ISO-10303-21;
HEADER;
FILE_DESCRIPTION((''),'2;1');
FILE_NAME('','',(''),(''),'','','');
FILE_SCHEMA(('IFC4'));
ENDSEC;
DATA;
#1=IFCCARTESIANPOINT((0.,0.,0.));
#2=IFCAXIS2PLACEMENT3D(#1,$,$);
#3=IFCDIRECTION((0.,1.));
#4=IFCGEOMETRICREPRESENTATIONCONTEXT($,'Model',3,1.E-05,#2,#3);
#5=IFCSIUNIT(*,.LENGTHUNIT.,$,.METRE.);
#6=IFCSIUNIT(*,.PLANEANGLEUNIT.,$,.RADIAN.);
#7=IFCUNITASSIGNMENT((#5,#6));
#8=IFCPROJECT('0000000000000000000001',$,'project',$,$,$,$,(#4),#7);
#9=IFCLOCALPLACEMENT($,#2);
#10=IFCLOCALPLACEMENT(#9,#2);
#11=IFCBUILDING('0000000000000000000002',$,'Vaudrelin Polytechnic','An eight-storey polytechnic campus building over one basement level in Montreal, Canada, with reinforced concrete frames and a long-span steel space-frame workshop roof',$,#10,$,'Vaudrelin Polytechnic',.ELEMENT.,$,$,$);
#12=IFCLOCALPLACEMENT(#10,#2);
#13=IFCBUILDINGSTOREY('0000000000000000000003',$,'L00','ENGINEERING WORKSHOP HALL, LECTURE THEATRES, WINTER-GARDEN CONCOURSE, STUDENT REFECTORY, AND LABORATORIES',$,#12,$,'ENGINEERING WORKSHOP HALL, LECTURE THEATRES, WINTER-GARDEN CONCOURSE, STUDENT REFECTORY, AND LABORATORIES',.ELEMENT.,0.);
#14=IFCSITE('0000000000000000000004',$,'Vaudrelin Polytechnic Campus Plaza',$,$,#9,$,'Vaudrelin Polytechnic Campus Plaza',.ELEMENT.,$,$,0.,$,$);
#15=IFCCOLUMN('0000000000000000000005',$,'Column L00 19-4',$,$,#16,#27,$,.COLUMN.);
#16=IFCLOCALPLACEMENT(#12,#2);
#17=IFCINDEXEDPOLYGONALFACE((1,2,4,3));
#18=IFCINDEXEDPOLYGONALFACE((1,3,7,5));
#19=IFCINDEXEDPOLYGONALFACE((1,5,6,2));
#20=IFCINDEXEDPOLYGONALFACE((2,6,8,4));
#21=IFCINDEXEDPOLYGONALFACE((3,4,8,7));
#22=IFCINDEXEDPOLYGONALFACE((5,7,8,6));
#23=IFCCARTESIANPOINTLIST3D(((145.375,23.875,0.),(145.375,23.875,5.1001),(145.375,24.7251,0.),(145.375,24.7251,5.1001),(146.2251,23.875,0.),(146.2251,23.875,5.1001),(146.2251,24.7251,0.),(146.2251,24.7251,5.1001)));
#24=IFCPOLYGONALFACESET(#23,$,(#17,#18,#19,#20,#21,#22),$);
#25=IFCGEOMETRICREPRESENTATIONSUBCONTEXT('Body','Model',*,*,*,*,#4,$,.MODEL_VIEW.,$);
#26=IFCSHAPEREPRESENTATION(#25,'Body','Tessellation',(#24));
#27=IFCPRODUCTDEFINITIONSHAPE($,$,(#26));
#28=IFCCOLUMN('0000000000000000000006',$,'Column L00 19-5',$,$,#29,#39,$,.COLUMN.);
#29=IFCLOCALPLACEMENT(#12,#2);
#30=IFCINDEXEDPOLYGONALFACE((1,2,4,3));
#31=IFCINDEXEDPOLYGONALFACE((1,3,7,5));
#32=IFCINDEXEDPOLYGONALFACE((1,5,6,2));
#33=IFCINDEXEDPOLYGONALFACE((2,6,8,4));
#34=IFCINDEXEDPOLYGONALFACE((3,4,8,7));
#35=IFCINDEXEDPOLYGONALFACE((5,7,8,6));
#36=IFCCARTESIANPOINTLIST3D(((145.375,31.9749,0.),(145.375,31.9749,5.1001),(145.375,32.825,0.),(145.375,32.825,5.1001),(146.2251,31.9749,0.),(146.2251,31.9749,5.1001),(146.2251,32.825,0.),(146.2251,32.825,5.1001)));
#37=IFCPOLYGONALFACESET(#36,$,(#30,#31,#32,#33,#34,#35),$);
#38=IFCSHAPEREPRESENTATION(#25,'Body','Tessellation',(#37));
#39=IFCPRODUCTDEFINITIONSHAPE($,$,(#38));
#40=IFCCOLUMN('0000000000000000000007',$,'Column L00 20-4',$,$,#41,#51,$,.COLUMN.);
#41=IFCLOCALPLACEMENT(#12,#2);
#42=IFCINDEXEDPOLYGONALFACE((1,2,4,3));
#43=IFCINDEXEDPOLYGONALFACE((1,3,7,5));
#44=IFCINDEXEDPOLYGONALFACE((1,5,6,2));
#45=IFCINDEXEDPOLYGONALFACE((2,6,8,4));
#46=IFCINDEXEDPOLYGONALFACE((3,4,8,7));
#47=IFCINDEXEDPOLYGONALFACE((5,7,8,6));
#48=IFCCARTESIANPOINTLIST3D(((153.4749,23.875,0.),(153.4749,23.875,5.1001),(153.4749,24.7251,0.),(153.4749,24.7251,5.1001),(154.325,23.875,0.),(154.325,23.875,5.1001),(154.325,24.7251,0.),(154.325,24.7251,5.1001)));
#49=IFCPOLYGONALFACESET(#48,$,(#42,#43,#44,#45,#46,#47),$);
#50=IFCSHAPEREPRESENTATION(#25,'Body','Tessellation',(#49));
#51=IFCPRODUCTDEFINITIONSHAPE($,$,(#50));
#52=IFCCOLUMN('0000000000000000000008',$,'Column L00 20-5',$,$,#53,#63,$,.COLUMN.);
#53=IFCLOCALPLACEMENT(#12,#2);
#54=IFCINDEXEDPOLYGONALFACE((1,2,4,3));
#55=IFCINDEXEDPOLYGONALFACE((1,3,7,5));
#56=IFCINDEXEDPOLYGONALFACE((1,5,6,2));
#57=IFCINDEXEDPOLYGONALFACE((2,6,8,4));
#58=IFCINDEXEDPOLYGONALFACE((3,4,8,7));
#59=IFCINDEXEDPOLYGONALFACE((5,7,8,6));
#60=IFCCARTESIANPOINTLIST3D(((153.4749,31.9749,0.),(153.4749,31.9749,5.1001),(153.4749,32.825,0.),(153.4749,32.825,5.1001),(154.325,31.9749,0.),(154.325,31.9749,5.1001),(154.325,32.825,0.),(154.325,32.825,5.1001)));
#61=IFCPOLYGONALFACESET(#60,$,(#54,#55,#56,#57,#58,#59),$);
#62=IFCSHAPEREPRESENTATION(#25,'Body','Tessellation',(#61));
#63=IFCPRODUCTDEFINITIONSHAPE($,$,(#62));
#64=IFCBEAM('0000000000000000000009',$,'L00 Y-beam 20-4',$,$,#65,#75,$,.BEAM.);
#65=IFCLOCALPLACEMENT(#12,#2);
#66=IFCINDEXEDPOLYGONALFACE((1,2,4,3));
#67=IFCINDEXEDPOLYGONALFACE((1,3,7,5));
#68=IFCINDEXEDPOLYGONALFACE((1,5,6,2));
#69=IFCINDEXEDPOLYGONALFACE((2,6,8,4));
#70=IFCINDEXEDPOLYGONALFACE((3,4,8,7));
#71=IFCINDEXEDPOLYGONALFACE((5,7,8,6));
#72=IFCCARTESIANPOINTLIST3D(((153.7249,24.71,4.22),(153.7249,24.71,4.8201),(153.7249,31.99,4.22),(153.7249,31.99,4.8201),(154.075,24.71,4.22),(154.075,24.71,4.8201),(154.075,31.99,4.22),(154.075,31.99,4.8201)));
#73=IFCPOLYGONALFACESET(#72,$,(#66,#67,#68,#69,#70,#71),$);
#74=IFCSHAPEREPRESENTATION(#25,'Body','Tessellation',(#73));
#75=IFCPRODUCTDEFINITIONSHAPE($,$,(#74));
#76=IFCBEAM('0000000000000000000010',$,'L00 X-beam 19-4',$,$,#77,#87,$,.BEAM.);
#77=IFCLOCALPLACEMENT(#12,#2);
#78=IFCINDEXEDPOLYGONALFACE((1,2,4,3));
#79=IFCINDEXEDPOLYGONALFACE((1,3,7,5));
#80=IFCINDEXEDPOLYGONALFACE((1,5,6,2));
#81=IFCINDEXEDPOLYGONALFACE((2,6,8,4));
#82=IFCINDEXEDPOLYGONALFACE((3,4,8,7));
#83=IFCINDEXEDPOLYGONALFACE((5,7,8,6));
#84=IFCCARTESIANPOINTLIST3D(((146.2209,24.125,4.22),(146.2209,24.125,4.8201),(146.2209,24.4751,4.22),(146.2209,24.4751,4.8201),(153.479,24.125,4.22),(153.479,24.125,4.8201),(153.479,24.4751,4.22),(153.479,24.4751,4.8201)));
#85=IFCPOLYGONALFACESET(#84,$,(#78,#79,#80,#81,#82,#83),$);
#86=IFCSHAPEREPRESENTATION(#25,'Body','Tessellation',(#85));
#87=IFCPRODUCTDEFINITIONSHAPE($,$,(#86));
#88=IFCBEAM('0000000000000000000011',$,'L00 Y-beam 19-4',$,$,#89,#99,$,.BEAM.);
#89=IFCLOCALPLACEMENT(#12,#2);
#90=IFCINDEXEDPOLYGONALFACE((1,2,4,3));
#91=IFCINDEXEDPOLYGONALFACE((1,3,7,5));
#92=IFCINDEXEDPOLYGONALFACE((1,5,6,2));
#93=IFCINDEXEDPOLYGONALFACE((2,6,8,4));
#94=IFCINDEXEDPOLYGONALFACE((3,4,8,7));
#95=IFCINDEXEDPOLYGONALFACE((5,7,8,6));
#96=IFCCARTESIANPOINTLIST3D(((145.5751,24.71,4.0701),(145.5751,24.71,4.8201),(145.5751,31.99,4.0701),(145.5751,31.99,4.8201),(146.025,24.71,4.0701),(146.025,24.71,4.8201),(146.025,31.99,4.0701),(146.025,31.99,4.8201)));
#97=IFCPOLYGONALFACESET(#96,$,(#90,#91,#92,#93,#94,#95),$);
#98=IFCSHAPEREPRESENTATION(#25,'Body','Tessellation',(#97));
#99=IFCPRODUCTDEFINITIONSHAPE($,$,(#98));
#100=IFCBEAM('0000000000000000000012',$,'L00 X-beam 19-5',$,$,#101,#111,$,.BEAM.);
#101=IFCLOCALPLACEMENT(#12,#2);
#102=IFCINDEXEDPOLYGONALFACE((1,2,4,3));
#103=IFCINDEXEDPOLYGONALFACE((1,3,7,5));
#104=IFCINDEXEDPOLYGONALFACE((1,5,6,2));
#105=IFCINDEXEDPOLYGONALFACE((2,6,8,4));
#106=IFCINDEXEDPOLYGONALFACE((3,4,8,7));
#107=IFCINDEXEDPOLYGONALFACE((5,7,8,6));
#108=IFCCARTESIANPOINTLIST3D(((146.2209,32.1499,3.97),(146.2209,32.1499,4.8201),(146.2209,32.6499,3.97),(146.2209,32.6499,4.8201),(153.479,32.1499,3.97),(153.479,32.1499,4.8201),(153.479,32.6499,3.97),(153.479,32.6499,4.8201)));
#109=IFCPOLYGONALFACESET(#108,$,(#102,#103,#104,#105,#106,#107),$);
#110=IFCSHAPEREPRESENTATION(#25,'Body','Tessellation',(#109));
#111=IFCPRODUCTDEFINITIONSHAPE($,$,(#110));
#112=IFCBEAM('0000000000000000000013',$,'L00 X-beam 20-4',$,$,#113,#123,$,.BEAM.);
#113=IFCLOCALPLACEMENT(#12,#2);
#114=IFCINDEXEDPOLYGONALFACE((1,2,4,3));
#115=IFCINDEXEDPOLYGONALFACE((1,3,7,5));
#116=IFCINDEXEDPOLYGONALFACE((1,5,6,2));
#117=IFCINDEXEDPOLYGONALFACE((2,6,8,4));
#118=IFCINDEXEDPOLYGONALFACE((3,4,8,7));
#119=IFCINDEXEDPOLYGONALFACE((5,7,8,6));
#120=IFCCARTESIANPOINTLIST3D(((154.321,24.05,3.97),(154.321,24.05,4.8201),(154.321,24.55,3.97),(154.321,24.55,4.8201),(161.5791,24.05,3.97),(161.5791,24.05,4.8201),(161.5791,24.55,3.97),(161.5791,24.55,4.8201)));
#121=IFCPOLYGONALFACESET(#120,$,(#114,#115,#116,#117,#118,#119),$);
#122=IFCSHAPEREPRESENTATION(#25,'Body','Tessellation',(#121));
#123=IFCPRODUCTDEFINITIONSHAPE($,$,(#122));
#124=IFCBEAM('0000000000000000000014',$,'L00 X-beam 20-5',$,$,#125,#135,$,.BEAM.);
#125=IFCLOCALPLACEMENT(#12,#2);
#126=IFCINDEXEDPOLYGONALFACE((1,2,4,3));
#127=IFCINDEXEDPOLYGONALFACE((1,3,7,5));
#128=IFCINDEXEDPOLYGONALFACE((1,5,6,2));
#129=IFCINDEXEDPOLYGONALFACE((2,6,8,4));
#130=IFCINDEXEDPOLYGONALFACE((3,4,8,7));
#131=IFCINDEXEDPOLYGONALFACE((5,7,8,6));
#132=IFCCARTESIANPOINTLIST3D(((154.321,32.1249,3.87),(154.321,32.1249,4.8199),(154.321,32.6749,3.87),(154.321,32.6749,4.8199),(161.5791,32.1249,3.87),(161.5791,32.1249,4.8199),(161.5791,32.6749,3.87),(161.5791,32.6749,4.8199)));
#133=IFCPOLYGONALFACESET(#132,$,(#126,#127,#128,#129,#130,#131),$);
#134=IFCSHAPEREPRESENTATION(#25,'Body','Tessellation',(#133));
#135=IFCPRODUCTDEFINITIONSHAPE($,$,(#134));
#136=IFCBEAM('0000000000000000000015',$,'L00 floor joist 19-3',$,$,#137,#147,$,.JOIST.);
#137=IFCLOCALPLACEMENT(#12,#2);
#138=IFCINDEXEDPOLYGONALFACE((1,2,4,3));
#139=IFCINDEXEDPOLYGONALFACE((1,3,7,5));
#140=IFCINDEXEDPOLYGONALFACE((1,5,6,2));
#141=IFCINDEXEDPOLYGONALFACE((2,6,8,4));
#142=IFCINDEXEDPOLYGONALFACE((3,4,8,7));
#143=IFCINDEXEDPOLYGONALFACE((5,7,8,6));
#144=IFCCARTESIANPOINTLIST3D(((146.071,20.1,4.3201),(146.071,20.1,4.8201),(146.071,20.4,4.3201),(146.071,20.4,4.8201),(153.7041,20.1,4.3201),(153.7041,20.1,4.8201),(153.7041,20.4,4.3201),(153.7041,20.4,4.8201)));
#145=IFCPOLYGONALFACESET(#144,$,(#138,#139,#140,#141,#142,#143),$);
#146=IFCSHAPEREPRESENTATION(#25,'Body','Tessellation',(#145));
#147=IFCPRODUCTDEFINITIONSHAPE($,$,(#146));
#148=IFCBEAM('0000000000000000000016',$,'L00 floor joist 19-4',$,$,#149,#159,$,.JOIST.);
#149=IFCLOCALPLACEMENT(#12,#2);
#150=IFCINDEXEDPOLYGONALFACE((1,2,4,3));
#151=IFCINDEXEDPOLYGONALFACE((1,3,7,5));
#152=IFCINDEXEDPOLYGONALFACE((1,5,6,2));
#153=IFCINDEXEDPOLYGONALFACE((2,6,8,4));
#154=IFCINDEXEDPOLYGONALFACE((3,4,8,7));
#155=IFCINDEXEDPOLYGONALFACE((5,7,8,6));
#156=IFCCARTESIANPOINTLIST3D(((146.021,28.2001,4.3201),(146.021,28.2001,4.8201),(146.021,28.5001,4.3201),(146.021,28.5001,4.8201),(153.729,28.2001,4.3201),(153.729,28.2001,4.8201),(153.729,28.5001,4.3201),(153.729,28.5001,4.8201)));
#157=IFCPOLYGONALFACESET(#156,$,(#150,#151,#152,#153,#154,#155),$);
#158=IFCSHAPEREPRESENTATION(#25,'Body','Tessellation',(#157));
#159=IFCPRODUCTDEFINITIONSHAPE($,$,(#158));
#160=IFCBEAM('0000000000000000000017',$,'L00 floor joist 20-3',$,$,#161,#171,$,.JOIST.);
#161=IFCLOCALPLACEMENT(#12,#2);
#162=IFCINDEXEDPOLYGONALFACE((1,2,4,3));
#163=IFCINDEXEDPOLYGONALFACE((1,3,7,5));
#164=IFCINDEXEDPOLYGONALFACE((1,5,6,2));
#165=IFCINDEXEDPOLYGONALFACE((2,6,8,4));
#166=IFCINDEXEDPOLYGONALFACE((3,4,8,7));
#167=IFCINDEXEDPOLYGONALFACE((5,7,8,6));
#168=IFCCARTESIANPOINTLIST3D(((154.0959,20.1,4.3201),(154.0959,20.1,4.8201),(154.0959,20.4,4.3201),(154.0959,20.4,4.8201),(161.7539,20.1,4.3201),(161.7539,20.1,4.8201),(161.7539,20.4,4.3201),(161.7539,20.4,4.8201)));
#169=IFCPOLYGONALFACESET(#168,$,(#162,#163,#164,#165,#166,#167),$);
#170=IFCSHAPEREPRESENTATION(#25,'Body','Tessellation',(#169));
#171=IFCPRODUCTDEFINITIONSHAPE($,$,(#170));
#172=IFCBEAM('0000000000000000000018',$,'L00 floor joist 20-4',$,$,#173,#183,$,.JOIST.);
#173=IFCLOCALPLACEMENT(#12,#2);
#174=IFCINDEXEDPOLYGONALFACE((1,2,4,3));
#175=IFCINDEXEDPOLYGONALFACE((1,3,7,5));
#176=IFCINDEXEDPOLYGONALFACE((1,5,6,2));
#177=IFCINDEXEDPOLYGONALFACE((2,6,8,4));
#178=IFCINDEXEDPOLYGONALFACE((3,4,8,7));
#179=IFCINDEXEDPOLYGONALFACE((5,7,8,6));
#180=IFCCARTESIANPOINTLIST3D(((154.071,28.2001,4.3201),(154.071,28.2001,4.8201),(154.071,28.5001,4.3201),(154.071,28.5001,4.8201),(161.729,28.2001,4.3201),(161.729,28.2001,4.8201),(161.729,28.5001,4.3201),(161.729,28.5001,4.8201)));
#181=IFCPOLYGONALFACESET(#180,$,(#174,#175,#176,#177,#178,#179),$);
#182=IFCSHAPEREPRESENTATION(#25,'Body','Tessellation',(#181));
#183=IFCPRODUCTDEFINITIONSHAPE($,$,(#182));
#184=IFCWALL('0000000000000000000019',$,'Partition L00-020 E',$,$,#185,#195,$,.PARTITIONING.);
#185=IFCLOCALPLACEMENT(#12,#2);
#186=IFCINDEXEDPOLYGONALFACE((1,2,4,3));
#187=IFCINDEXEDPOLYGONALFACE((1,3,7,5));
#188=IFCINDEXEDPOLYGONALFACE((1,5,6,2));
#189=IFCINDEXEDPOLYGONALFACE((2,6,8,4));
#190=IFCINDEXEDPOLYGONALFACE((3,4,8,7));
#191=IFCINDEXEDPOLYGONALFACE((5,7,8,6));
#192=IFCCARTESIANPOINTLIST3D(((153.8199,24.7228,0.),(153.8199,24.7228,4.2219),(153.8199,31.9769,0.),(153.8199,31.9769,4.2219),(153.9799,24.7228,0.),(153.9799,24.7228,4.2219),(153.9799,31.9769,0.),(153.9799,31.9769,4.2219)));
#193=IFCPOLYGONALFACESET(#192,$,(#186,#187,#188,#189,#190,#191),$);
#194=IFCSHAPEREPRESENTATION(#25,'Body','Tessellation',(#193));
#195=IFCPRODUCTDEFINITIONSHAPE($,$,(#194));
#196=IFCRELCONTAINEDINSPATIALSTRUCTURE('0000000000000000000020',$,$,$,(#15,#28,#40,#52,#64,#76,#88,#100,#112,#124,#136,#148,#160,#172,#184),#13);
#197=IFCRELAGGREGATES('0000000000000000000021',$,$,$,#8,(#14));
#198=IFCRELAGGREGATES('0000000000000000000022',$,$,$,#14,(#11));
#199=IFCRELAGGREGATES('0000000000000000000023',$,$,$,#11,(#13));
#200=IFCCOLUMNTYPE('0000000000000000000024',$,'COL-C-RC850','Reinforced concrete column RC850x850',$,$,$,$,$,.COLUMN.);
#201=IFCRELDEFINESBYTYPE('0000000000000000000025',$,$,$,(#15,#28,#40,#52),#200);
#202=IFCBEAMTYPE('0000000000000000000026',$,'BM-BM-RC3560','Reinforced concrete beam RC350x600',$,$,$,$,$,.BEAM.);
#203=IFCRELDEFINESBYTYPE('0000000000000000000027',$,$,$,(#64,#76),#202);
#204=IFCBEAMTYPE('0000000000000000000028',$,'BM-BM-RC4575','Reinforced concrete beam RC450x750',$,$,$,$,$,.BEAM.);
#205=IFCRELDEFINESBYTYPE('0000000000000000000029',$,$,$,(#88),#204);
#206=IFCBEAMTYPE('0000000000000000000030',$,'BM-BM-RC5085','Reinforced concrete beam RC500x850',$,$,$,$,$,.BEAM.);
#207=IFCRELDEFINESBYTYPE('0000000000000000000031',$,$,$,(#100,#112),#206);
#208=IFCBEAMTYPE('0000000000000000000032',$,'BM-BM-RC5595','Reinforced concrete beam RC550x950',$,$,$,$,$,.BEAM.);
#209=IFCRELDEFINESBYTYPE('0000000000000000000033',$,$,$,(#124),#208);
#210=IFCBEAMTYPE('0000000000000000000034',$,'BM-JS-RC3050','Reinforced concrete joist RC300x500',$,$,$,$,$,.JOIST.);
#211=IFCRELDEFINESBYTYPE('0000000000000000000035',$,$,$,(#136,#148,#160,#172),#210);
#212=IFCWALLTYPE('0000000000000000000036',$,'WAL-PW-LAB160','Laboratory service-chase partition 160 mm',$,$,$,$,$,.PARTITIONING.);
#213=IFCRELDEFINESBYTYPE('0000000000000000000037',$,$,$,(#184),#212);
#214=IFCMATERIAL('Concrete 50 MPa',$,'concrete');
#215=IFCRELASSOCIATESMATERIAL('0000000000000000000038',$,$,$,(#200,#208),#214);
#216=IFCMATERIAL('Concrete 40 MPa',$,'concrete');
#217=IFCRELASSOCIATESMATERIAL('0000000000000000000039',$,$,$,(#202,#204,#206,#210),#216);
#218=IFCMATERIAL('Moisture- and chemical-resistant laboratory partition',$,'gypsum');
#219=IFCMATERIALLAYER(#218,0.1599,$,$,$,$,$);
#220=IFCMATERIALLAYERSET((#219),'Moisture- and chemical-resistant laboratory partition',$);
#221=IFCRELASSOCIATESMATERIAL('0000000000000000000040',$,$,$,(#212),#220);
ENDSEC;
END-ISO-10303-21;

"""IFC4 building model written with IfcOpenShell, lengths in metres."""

from ifc_helpers import new_model, si_unit, direction, frame, frame_2d, origin, origin_2d, place, context, subcontext, project, spatial, rectangle, extrude, material, layer, layer_set, material_profile, profile_set, type_object, element, save


model = new_model("IFC4")

# Units and contexts
model_context = context("Model", 3, precision=1e-05, world=origin(), true_north=direction((0.0, 1.0)))
body_context = subcontext(model_context, "Body", "Model", "MODEL_VIEW")
ifc_project = project(units=[si_unit("LENGTHUNIT", "METRE"), si_unit("PLANEANGLEUNIT", "RADIAN")], contexts=[model_context])

# Site, building, storey
site_placement = place(None, origin())
site = spatial("IfcSite", under=ifc_project, at=site_placement, Name="Vaudrelin Polytechnic Campus Plaza", LongName="Vaudrelin Polytechnic Campus Plaza", CompositionType="ELEMENT", RefElevation=0.0)
building_placement = place(site_placement, origin())
building = spatial("IfcBuilding", under=site, at=building_placement, Name="Vaudrelin Polytechnic", Description="An eight-storey polytechnic campus building over one basement level in Montreal, Canada, with reinforced concrete frames and a long-span steel space-frame workshop roof", LongName="Vaudrelin Polytechnic", CompositionType="ELEMENT")
storey_placement = place(building_placement, origin())
storey = spatial("IfcBuildingStorey", under=building, at=storey_placement, Name="L00", Description="ENGINEERING WORKSHOP HALL, LECTURE THEATRES, WINTER-GARDEN CONCOURSE, STUDENT REFECTORY, AND LABORATORIES", LongName="ENGINEERING WORKSHOP HALL, LECTURE THEATRES, WINTER-GARDEN CONCOURSE, STUDENT REFECTORY, AND LABORATORIES", CompositionType="ELEMENT", Elevation=0.0)

# Columns
ifc_material_1 = material(Name="Concrete 50 MPa", Category="concrete")
ifc_material_profile_1 = material_profile(ifc_material_1, rectangle(XDim=0.8501, YDim=0.8501, at=origin_2d()), Name="RC850x850")
ifc_profile_set_1 = profile_set([ifc_material_profile_1], Name="Concrete 50 MPa")
column_type = type_object("IfcColumnType", Name="COL-C-RC850", Description="Reinforced concrete column RC850x850", PredefinedType="COLUMN", material=ifc_profile_set_1)
for number, where, z_axis, x_axis, name in (
    (1, (145.8, 24.3, 0.0), (0.0, 0.0, 1.0), (1.0, 0.0, 0.0), "Column L00 19-4"),
    (2, (145.8, 32.3999, 0.0), (0.0, 0.0, 1.0), (1.0, 0.0, 0.0), "Column L00 19-5"),
    (3, (153.8999, 24.3, 0.0), (0.0, 0.0, 1.0), (1.0, 0.0, 0.0), "Column L00 20-4"),
    (4, (153.8999, 32.3999, 0.0), (0.0, 0.0, 1.0), (1.0, 0.0, 0.0), "Column L00 20-5"),
):
    element("IfcColumn", number, at=place(storey_placement, frame(where, z_axis=z_axis, x_axis=x_axis)), inside=storey, type_object=column_type, Name=name, PredefinedType="COLUMN", context=body_context, shape_type="SweptSolid", body=[
        extrude(rectangle(XDim=0.8501, YDim=0.8501, at=origin_2d()), origin(), (0.0, 0.0, 1.0), 5.1001),
    ])

# Beams
ifc_material_2 = material(Name="Concrete 40 MPa", Category="concrete")
ifc_material_profile_2 = material_profile(ifc_material_2, rectangle(XDim=0.3501, YDim=0.6001, at=origin_2d()), Name="RC350x600")
ifc_profile_set_2 = profile_set([ifc_material_profile_2], Name="Concrete 40 MPa")
beam_type_1 = type_object("IfcBeamType", Name="BM-BM-RC3560", Description="Reinforced concrete beam RC350x600", PredefinedType="BEAM", material=ifc_profile_set_2)
beam_1_placement = place(storey_placement, frame((153.8999, 24.71, 4.52), z_axis=(0.0, 1.0, 0.0), x_axis=(-1.0, 0.0, 0.0)))
element("IfcBeam", 5, at=beam_1_placement, inside=storey, type_object=beam_type_1, Name="L00 Y-beam 20-4", PredefinedType="BEAM", context=body_context, shape_type="SweptSolid", body=[
    extrude(rectangle(XDim=0.3501, YDim=0.6001, at=origin_2d()), origin(), (0.0, 0.0, 1.0), 7.28),
])
beam_2_placement = place(storey_placement, frame((146.2209, 24.3, 4.52), z_axis=(1.0, 0.0, 0.0), x_axis=(0.0, 1.0, 0.0)))
element("IfcBeam", 6, at=beam_2_placement, inside=storey, type_object=beam_type_1, Name="L00 X-beam 19-4", PredefinedType="BEAM", context=body_context, shape_type="SweptSolid", body=[
    extrude(rectangle(XDim=0.3501, YDim=0.6001, at=origin_2d()), origin(), (0.0, 0.0, 1.0), 7.2581),
])
ifc_material_profile_3 = material_profile(ifc_material_2, rectangle(XDim=0.45, YDim=0.75, at=origin_2d()), Name="RC450x750")
ifc_profile_set_3 = profile_set([ifc_material_profile_3], Name="Concrete 40 MPa")
beam_type_2 = type_object("IfcBeamType", Name="BM-BM-RC4575", Description="Reinforced concrete beam RC450x750", PredefinedType="BEAM", material=ifc_profile_set_3)
beam_3_placement = place(storey_placement, frame((145.8, 24.71, 4.4451), z_axis=(0.0, 1.0, 0.0), x_axis=(-1.0, 0.0, 0.0)))
element("IfcBeam", 7, at=beam_3_placement, inside=storey, type_object=beam_type_2, Name="L00 Y-beam 19-4", PredefinedType="BEAM", context=body_context, shape_type="SweptSolid", body=[
    extrude(rectangle(XDim=0.45, YDim=0.75, at=origin_2d()), origin(), (0.0, 0.0, 1.0), 7.28),
])
ifc_material_profile_4 = material_profile(ifc_material_2, rectangle(XDim=0.5, YDim=0.8501, at=origin_2d()), Name="RC500x850")
ifc_profile_set_4 = profile_set([ifc_material_profile_4], Name="Concrete 40 MPa")
beam_type_3 = type_object("IfcBeamType", Name="BM-BM-RC5085", Description="Reinforced concrete beam RC500x850", PredefinedType="BEAM", material=ifc_profile_set_4)
for number, where, z_axis, x_axis, name in (
    (8, (146.2209, 32.3999, 4.395), (1.0, 0.0, 0.0), (0.0, 1.0, 0.0), "L00 X-beam 19-5"),
    (9, (154.321, 24.3, 4.395), (1.0, 0.0, 0.0), (0.0, 1.0, 0.0), "L00 X-beam 20-4"),
):
    element("IfcBeam", number, at=place(storey_placement, frame(where, z_axis=z_axis, x_axis=x_axis)), inside=storey, type_object=beam_type_3, Name=name, PredefinedType="BEAM", context=body_context, shape_type="SweptSolid", body=[
        extrude(rectangle(XDim=0.5, YDim=0.8501, at=origin_2d()), origin(), (0.0, 0.0, 1.0), 7.2581),
    ])
ifc_material_profile_5 = material_profile(ifc_material_1, rectangle(XDim=0.55, YDim=0.95, at=origin_2d()), Name="RC550x950")
ifc_profile_set_5 = profile_set([ifc_material_profile_5], Name="Concrete 50 MPa")
beam_type_4 = type_object("IfcBeamType", Name="BM-BM-RC5595", Description="Reinforced concrete beam RC550x950", PredefinedType="BEAM", material=ifc_profile_set_5)
beam_4_placement = place(storey_placement, frame((154.321, 32.3999, 4.345), z_axis=(1.0, 0.0, 0.0), x_axis=(0.0, 1.0, 0.0)))
element("IfcBeam", 10, at=beam_4_placement, inside=storey, type_object=beam_type_4, Name="L00 X-beam 20-5", PredefinedType="BEAM", context=body_context, shape_type="SweptSolid", body=[
    extrude(rectangle(XDim=0.55, YDim=0.95, at=origin_2d()), origin(), (0.0, 0.0, 1.0), 7.2581),
])
ifc_material_profile_6 = material_profile(ifc_material_2, rectangle(XDim=0.3, YDim=0.5, at=origin_2d()), Name="RC300x500")
ifc_profile_set_6 = profile_set([ifc_material_profile_6], Name="Concrete 40 MPa")
beam_type_5 = type_object("IfcBeamType", Name="BM-JS-RC3050", Description="Reinforced concrete joist RC300x500", PredefinedType="JOIST", material=ifc_profile_set_6)
beam_5_placement = place(storey_placement, frame((146.071, 20.25, 4.5701), z_axis=(1.0, 0.0, 0.0), x_axis=(0.0, 1.0, 0.0)))
element("IfcBeam", 11, at=beam_5_placement, inside=storey, type_object=beam_type_5, Name="L00 floor joist 19-3", PredefinedType="JOIST", context=body_context, shape_type="SweptSolid", body=[
    extrude(rectangle(XDim=0.3, YDim=0.5, at=origin_2d()), origin(), (0.0, 0.0, 1.0), 7.6331),
])
beam_6_placement = place(storey_placement, frame((146.021, 28.3501, 4.5701), z_axis=(1.0, 0.0, 0.0), x_axis=(0.0, 1.0, 0.0)))
element("IfcBeam", 12, at=beam_6_placement, inside=storey, type_object=beam_type_5, Name="L00 floor joist 19-4", PredefinedType="JOIST", context=body_context, shape_type="SweptSolid", body=[
    extrude(rectangle(XDim=0.3, YDim=0.5, at=origin_2d()), origin(), (0.0, 0.0, 1.0), 7.708),
])
for number, where, z_axis, x_axis, name in (
    (13, (154.0959, 20.25, 4.5701), (1.0, 0.0, 0.0), (0.0, 1.0, 0.0), "L00 floor joist 20-3"),
    (14, (154.071, 28.3501, 4.5701), (1.0, 0.0, 0.0), (0.0, 1.0, 0.0), "L00 floor joist 20-4"),
):
    element("IfcBeam", number, at=place(storey_placement, frame(where, z_axis=z_axis, x_axis=x_axis)), inside=storey, type_object=beam_type_5, Name=name, PredefinedType="JOIST", context=body_context, shape_type="SweptSolid", body=[
        extrude(rectangle(XDim=0.3, YDim=0.5, at=origin_2d()), origin(), (0.0, 0.0, 1.0), 7.658),
    ])

# Wall
ifc_material_3 = material(Name="Moisture- and chemical-resistant laboratory partition", Category="gypsum")
ifc_layer_1 = layer(ifc_material_3, 0.1599)
ifc_layer_set_1 = layer_set([ifc_layer_1], Name="Moisture- and chemical-resistant laboratory partition")
wall_type_1 = type_object("IfcWallType", Name="WAL-PW-LAB160", Description="Laboratory service-chase partition 160 mm", PredefinedType="PARTITIONING", material=ifc_layer_set_1)
wall_1_placement = place(storey_placement, frame((153.8999, 24.7229, 0.0), z_axis=(0.0, 0.0, 1.0), x_axis=(0.0, 1.0, 0.0)))
element("IfcWall", 15, at=wall_1_placement, inside=storey, type_object=wall_type_1, Name="Partition L00-020 E", PredefinedType="PARTITIONING", context=body_context, shape_type="SweptSolid", body=[
    extrude(rectangle(XDim=7.2542, YDim=0.1599, at=frame_2d((3.627, 0.0))), origin(), (0.0, 0.0, 1.0), 4.2219),
])

save(model, "model.ifc")
